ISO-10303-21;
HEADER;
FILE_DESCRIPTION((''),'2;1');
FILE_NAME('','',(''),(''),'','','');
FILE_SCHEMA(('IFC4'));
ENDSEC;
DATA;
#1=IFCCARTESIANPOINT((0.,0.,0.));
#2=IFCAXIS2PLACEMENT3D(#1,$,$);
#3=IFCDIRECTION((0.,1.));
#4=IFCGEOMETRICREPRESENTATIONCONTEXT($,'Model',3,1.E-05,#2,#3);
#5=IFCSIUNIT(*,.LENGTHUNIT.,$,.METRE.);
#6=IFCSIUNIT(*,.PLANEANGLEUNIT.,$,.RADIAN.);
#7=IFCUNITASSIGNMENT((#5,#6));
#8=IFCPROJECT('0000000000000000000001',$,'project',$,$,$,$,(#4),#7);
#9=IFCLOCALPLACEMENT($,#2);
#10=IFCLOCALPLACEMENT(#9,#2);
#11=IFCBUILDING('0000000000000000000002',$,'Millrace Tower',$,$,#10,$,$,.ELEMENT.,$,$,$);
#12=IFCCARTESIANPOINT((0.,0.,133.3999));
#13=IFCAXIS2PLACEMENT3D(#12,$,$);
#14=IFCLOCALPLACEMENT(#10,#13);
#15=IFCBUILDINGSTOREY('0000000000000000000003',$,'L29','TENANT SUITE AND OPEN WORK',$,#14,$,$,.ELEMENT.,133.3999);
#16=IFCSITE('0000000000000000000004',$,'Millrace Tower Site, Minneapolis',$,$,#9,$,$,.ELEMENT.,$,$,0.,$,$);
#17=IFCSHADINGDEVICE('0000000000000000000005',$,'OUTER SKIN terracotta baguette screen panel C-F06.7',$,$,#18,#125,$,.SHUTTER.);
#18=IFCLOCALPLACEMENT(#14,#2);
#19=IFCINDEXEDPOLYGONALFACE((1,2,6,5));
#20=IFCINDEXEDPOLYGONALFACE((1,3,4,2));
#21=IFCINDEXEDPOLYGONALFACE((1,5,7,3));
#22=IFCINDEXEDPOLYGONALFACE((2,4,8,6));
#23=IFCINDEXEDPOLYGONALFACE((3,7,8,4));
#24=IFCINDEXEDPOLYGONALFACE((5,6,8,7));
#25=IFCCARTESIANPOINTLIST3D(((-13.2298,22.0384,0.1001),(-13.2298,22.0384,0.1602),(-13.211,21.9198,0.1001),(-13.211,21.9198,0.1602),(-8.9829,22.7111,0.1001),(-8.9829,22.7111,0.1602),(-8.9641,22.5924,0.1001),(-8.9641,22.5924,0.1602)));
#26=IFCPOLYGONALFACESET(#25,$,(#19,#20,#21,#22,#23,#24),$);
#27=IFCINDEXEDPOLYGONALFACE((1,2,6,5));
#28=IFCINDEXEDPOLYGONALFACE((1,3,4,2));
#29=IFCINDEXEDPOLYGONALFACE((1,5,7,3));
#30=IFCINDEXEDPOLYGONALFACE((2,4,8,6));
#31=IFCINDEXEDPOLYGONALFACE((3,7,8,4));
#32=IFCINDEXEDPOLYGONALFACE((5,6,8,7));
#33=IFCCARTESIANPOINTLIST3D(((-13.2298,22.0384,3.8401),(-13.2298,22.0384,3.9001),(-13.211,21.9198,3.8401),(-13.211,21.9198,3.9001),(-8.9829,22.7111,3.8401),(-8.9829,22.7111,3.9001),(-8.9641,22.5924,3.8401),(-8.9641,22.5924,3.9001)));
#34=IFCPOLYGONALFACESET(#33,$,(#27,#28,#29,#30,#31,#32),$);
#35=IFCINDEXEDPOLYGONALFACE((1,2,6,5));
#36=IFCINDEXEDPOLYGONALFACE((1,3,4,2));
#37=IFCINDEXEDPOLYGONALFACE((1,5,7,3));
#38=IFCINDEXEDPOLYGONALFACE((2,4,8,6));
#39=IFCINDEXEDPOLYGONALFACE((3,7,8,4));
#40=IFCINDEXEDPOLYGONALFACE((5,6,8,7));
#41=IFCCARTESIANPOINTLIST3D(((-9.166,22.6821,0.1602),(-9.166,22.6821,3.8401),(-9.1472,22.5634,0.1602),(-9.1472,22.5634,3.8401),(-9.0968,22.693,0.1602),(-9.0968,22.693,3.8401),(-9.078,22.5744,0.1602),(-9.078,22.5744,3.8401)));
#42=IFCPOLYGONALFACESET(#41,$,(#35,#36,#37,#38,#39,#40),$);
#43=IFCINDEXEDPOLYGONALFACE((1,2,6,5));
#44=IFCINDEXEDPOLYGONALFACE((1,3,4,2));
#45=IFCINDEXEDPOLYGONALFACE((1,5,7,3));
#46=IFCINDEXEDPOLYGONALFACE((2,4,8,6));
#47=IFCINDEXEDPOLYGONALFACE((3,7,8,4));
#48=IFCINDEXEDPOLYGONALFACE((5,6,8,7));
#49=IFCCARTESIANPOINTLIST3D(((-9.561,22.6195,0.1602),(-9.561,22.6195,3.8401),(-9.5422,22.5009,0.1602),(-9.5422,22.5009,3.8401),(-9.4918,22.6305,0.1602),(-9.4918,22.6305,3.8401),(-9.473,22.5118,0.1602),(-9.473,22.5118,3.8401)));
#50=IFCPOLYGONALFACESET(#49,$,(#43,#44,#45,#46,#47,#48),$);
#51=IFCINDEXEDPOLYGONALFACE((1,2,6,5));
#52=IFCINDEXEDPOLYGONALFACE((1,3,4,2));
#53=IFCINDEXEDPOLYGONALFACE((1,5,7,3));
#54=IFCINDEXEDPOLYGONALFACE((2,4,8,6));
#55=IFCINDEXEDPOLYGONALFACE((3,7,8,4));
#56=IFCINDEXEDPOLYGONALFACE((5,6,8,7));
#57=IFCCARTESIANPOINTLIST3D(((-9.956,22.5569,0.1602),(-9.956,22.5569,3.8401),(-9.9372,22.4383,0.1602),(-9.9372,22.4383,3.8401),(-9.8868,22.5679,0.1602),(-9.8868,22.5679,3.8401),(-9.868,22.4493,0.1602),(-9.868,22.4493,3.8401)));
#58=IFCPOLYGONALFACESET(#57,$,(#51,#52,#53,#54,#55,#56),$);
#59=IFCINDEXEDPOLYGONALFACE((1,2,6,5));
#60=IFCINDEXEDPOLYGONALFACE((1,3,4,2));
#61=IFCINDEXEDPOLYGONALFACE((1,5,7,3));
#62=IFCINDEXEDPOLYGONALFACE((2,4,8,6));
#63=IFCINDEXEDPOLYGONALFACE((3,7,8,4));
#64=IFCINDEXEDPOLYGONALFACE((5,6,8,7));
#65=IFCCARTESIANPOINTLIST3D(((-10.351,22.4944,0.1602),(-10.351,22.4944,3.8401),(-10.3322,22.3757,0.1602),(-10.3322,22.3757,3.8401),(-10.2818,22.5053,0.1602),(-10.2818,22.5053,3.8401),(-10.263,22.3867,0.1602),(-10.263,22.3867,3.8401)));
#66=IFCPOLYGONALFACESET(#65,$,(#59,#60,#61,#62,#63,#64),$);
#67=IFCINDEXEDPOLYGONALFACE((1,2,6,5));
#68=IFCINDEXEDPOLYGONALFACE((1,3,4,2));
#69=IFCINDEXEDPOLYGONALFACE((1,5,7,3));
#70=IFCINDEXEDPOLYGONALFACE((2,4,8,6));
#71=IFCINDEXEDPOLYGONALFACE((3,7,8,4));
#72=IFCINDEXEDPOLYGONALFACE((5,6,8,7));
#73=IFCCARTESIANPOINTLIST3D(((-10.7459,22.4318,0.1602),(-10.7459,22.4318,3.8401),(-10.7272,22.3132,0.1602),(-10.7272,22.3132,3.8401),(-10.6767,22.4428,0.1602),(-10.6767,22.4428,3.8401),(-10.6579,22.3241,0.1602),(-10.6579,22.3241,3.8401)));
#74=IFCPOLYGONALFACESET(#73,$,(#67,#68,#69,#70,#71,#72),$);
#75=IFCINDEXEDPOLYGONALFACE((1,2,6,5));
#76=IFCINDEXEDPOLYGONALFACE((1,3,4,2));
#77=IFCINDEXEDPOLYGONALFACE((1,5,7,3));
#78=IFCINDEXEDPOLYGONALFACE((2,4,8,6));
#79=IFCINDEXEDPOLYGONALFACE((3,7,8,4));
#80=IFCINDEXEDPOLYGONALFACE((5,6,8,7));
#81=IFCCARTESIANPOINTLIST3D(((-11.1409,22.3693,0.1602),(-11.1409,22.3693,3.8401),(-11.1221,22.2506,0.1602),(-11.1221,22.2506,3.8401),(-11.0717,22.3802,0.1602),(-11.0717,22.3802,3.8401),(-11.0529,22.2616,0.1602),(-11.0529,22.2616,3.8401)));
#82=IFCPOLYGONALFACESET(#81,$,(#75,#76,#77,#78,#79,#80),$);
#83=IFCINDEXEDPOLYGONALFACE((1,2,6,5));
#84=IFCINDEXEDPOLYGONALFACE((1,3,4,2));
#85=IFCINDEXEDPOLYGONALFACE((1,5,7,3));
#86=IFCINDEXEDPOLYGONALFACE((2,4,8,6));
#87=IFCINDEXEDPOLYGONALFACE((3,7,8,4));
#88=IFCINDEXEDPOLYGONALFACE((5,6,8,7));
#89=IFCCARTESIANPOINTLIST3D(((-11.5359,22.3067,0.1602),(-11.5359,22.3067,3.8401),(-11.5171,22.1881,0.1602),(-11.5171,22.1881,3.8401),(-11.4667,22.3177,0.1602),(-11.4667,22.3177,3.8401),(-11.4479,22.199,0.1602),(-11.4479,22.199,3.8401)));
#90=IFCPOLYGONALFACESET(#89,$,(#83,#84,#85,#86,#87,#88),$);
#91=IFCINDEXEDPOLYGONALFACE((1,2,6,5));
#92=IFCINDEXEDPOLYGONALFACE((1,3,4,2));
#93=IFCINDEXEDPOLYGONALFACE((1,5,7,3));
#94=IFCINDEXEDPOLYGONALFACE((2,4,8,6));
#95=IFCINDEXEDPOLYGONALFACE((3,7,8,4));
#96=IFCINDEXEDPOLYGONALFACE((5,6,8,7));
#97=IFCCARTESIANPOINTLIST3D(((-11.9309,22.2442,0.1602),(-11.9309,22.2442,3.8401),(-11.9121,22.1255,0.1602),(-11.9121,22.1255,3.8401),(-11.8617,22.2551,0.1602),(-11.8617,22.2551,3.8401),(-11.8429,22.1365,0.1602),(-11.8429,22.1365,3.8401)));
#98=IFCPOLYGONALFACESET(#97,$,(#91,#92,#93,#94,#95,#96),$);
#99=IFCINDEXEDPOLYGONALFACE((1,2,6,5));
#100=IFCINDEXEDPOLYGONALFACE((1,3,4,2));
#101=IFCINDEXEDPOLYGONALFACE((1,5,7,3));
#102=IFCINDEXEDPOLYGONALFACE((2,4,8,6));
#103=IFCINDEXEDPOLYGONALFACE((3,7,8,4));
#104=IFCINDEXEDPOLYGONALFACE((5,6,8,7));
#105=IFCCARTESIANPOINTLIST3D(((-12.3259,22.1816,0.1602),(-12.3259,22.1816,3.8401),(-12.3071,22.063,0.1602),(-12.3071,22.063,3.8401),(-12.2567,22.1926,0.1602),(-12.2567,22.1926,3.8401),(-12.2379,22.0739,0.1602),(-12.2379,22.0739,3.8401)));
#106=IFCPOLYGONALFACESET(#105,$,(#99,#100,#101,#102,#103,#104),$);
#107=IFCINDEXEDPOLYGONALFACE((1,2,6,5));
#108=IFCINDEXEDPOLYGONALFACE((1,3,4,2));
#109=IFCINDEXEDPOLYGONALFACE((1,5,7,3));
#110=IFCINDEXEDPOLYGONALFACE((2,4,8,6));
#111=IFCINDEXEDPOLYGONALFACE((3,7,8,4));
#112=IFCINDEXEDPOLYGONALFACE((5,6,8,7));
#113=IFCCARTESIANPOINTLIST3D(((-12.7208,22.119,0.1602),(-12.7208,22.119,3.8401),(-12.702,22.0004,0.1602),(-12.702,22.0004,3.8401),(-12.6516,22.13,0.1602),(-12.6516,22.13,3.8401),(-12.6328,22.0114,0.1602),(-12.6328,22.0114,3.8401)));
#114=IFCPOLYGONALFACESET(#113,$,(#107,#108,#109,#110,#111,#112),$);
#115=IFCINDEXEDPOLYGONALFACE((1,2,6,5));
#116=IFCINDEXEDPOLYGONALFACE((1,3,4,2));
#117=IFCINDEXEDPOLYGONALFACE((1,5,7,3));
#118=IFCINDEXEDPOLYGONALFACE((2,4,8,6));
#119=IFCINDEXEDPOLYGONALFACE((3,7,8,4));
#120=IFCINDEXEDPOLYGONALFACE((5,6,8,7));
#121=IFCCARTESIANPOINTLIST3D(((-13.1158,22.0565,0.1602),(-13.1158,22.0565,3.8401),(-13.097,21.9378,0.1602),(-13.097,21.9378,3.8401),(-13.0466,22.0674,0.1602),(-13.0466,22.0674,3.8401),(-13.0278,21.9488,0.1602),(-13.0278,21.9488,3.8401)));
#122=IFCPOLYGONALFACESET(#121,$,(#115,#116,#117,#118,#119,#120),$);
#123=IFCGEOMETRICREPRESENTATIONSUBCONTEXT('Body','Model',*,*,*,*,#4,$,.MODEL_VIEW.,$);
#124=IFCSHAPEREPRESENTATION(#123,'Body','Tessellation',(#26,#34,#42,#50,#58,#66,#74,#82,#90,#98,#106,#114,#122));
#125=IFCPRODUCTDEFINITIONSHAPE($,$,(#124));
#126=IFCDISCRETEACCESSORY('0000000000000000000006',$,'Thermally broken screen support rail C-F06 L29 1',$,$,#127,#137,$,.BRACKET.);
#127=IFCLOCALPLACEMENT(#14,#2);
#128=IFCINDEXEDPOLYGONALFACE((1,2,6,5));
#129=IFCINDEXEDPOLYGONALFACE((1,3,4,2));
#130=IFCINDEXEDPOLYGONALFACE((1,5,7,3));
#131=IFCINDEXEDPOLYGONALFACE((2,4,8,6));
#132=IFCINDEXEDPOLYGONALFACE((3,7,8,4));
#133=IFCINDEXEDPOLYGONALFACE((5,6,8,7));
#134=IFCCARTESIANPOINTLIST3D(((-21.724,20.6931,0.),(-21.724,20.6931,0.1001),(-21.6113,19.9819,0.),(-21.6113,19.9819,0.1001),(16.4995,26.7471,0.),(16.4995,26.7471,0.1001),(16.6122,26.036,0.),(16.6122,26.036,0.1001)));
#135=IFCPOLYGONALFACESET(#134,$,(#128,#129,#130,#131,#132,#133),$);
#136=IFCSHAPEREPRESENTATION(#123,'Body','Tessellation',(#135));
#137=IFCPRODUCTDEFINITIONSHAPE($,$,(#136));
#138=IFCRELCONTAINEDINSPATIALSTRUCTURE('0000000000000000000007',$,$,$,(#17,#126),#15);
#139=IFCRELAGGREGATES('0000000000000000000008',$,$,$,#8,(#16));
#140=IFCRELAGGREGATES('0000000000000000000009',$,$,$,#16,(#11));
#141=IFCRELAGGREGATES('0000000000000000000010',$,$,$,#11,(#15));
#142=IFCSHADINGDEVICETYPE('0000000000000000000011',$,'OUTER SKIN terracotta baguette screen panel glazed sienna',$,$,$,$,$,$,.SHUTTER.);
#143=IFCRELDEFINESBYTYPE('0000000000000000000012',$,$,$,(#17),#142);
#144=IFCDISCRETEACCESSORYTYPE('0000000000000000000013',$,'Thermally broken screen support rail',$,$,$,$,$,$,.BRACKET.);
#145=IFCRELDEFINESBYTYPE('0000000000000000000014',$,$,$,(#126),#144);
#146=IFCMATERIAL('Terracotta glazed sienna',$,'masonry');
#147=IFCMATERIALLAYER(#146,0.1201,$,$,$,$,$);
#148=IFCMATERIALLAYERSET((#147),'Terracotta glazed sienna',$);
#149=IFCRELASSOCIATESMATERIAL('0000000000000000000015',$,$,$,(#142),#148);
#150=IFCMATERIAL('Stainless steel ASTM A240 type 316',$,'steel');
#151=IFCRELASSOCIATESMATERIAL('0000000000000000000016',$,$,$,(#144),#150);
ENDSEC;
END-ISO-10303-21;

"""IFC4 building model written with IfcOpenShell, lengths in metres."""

from ifc_helpers import new_model, entity, si_unit, direction, frame, frame_2d, origin, origin_2d, place, context, subcontext, project, spatial, rectangle, extrude, source, transform, mapped, material, layer, layer_set, type_object, element, save


model = new_model("IFC4")

# Units and contexts
model_context = context("Model", 3, precision=1e-05, world=origin(), true_north=direction((0.0, 1.0)))
body_context = subcontext(model_context, "Body", "Model", "MODEL_VIEW")
ifc_project = project(units=[si_unit("LENGTHUNIT", "METRE"), si_unit("PLANEANGLEUNIT", "RADIAN")], contexts=[model_context])

# Site, building, storey
site_placement = place(None, origin())
site = spatial("IfcSite", under=ifc_project, at=site_placement, Name="Millrace Tower Site, Minneapolis", CompositionType="ELEMENT", RefElevation=0.0)
building_placement = place(site_placement, origin())
building = spatial("IfcBuilding", under=site, at=building_placement, Name="Millrace Tower", CompositionType="ELEMENT")
storey_placement = place(building_placement, frame((0.0, 0.0, 133.3999)))
storey = spatial("IfcBuildingStorey", under=building, at=storey_placement, Name="L29", Description="TENANT SUITE AND OPEN WORK", CompositionType="ELEMENT", Elevation=133.3999)

# Shading device
ifc_material_1 = material(Name="Terracotta glazed sienna", Category="masonry")
ifc_layer_1 = layer(ifc_material_1, 0.1201)
ifc_layer_set_1 = layer_set([ifc_layer_1], Name="Terracotta glazed sienna")
shading_device_type = type_object("IfcShadingDeviceType", Name="OUTER SKIN terracotta baguette screen panel glazed sienna", PredefinedType="SHUTTER", material=ifc_layer_set_1)
cartesian_point = entity("IfcCartesianPoint", [-2.1499, 0.0601])
shared_polyline = entity("IfcPolyline", [cartesian_point, entity("IfcCartesianPoint", [2.1499, 0.0601]), entity("IfcCartesianPoint", [2.1499, -0.0601]), entity("IfcCartesianPoint", [-2.1499, -0.0601]), cartesian_point])
shared_shape = source(origin(), body_context, "Body", "SweptSolid", [
    entity("IfcExtrudedAreaSolid", entity("IfcArbitraryClosedProfileDef", "AREA", None, shared_polyline), entity("IfcAxis2Placement3D", entity("IfcCartesianPoint", [0.0, 0.0, 0.0])), entity("IfcDirection", [0.0, 0.0, 1.0]), 0.0601),
    entity("IfcExtrudedAreaSolid", entity("IfcArbitraryClosedProfileDef", "AREA", None, shared_polyline), entity("IfcAxis2Placement3D", entity("IfcCartesianPoint", [0.0, 0.0, 3.74])), entity("IfcDirection", [0.0, 0.0, 1.0]), 0.0601),
    extrude(rectangle(XDim=0.0701, YDim=0.1201, at=frame_2d((-1.9995, 0.0))), frame((0.0, 0.0, 0.0601)), (0.0, 0.0, 1.0), 3.6799),
    extrude(rectangle(XDim=0.0701, YDim=0.1201, at=frame_2d((-1.5996, 0.0))), frame((0.0, 0.0, 0.0601)), (0.0, 0.0, 1.0), 3.6799),
    extrude(rectangle(XDim=0.0701, YDim=0.1201, at=frame_2d((-1.1997, 0.0))), frame((0.0, 0.0, 0.0601)), (0.0, 0.0, 1.0), 3.6799),
    extrude(rectangle(XDim=0.0701, YDim=0.1201, at=frame_2d((-0.7998, 0.0))), frame((0.0, 0.0, 0.0601)), (0.0, 0.0, 1.0), 3.6799),
    extrude(rectangle(XDim=0.0701, YDim=0.1201, at=frame_2d((-0.3999, 0.0))), frame((0.0, 0.0, 0.0601)), (0.0, 0.0, 1.0), 3.6799),
    extrude(rectangle(XDim=0.0701, YDim=0.1201, at=origin_2d()), frame((0.0, 0.0, 0.0601)), (0.0, 0.0, 1.0), 3.6799),
    extrude(rectangle(XDim=0.0701, YDim=0.1201, at=frame_2d((0.3999, 0.0))), frame((0.0, 0.0, 0.0601)), (0.0, 0.0, 1.0), 3.6799),
    extrude(rectangle(XDim=0.0701, YDim=0.1201, at=frame_2d((0.7998, 0.0))), frame((0.0, 0.0, 0.0601)), (0.0, 0.0, 1.0), 3.6799),
    extrude(rectangle(XDim=0.0701, YDim=0.1201, at=frame_2d((1.1997, 0.0))), frame((0.0, 0.0, 0.0601)), (0.0, 0.0, 1.0), 3.6799),
    extrude(rectangle(XDim=0.0701, YDim=0.1201, at=frame_2d((1.5996, 0.0))), frame((0.0, 0.0, 0.0601)), (0.0, 0.0, 1.0), 3.6799),
    extrude(rectangle(XDim=0.0701, YDim=0.1201, at=frame_2d((1.9995, 0.0))), frame((0.0, 0.0, 0.0601)), (0.0, 0.0, 1.0), 3.6799),
])
for number, where, z_axis, x_axis, name in (
    (1, (-11.0969, 22.3154, 0.1001), (0.0, 0.0, 1.0), (-0.987688, -0.156434, 0.0), "OUTER SKIN terracotta baguette screen panel C-F06.7"),
):
    element("IfcShadingDevice", number, at=place(storey_placement, frame(where, z_axis=z_axis, x_axis=x_axis)), inside=storey, type_object=shading_device_type, Name=name, PredefinedType="SHUTTER", context=body_context, shape_type="MappedRepresentation", body=[
        mapped(shared_shape, transform((0.0, 0.0, 0.0), scale=1.0)),
    ])

# Discrete accessory
ifc_material_2 = material(Name="Stainless steel ASTM A240 type 316", Category="steel")
discrete_accessory_type = type_object("IfcDiscreteAccessoryType", Name="Thermally broken screen support rail", PredefinedType="BRACKET", material=ifc_material_2)
discrete_accessory_placement = place(storey_placement, frame((-2.5559, 23.3645, 0.0), z_axis=(0.0, 0.0, 1.0), x_axis=(-0.987688, -0.156434, 0.0)))
element("IfcDiscreteAccessory", 2, at=discrete_accessory_placement, inside=storey, type_object=discrete_accessory_type, Name="Thermally broken screen support rail C-F06 L29 1", PredefinedType="BRACKET", context=body_context, shape_type="SweptSolid", body=[
    extrude(rectangle(XDim=38.7, YDim=0.72, at=origin_2d()), origin(), (0.0, 0.0, 1.0), 0.1001),
])

save(model, "model.ifc")
